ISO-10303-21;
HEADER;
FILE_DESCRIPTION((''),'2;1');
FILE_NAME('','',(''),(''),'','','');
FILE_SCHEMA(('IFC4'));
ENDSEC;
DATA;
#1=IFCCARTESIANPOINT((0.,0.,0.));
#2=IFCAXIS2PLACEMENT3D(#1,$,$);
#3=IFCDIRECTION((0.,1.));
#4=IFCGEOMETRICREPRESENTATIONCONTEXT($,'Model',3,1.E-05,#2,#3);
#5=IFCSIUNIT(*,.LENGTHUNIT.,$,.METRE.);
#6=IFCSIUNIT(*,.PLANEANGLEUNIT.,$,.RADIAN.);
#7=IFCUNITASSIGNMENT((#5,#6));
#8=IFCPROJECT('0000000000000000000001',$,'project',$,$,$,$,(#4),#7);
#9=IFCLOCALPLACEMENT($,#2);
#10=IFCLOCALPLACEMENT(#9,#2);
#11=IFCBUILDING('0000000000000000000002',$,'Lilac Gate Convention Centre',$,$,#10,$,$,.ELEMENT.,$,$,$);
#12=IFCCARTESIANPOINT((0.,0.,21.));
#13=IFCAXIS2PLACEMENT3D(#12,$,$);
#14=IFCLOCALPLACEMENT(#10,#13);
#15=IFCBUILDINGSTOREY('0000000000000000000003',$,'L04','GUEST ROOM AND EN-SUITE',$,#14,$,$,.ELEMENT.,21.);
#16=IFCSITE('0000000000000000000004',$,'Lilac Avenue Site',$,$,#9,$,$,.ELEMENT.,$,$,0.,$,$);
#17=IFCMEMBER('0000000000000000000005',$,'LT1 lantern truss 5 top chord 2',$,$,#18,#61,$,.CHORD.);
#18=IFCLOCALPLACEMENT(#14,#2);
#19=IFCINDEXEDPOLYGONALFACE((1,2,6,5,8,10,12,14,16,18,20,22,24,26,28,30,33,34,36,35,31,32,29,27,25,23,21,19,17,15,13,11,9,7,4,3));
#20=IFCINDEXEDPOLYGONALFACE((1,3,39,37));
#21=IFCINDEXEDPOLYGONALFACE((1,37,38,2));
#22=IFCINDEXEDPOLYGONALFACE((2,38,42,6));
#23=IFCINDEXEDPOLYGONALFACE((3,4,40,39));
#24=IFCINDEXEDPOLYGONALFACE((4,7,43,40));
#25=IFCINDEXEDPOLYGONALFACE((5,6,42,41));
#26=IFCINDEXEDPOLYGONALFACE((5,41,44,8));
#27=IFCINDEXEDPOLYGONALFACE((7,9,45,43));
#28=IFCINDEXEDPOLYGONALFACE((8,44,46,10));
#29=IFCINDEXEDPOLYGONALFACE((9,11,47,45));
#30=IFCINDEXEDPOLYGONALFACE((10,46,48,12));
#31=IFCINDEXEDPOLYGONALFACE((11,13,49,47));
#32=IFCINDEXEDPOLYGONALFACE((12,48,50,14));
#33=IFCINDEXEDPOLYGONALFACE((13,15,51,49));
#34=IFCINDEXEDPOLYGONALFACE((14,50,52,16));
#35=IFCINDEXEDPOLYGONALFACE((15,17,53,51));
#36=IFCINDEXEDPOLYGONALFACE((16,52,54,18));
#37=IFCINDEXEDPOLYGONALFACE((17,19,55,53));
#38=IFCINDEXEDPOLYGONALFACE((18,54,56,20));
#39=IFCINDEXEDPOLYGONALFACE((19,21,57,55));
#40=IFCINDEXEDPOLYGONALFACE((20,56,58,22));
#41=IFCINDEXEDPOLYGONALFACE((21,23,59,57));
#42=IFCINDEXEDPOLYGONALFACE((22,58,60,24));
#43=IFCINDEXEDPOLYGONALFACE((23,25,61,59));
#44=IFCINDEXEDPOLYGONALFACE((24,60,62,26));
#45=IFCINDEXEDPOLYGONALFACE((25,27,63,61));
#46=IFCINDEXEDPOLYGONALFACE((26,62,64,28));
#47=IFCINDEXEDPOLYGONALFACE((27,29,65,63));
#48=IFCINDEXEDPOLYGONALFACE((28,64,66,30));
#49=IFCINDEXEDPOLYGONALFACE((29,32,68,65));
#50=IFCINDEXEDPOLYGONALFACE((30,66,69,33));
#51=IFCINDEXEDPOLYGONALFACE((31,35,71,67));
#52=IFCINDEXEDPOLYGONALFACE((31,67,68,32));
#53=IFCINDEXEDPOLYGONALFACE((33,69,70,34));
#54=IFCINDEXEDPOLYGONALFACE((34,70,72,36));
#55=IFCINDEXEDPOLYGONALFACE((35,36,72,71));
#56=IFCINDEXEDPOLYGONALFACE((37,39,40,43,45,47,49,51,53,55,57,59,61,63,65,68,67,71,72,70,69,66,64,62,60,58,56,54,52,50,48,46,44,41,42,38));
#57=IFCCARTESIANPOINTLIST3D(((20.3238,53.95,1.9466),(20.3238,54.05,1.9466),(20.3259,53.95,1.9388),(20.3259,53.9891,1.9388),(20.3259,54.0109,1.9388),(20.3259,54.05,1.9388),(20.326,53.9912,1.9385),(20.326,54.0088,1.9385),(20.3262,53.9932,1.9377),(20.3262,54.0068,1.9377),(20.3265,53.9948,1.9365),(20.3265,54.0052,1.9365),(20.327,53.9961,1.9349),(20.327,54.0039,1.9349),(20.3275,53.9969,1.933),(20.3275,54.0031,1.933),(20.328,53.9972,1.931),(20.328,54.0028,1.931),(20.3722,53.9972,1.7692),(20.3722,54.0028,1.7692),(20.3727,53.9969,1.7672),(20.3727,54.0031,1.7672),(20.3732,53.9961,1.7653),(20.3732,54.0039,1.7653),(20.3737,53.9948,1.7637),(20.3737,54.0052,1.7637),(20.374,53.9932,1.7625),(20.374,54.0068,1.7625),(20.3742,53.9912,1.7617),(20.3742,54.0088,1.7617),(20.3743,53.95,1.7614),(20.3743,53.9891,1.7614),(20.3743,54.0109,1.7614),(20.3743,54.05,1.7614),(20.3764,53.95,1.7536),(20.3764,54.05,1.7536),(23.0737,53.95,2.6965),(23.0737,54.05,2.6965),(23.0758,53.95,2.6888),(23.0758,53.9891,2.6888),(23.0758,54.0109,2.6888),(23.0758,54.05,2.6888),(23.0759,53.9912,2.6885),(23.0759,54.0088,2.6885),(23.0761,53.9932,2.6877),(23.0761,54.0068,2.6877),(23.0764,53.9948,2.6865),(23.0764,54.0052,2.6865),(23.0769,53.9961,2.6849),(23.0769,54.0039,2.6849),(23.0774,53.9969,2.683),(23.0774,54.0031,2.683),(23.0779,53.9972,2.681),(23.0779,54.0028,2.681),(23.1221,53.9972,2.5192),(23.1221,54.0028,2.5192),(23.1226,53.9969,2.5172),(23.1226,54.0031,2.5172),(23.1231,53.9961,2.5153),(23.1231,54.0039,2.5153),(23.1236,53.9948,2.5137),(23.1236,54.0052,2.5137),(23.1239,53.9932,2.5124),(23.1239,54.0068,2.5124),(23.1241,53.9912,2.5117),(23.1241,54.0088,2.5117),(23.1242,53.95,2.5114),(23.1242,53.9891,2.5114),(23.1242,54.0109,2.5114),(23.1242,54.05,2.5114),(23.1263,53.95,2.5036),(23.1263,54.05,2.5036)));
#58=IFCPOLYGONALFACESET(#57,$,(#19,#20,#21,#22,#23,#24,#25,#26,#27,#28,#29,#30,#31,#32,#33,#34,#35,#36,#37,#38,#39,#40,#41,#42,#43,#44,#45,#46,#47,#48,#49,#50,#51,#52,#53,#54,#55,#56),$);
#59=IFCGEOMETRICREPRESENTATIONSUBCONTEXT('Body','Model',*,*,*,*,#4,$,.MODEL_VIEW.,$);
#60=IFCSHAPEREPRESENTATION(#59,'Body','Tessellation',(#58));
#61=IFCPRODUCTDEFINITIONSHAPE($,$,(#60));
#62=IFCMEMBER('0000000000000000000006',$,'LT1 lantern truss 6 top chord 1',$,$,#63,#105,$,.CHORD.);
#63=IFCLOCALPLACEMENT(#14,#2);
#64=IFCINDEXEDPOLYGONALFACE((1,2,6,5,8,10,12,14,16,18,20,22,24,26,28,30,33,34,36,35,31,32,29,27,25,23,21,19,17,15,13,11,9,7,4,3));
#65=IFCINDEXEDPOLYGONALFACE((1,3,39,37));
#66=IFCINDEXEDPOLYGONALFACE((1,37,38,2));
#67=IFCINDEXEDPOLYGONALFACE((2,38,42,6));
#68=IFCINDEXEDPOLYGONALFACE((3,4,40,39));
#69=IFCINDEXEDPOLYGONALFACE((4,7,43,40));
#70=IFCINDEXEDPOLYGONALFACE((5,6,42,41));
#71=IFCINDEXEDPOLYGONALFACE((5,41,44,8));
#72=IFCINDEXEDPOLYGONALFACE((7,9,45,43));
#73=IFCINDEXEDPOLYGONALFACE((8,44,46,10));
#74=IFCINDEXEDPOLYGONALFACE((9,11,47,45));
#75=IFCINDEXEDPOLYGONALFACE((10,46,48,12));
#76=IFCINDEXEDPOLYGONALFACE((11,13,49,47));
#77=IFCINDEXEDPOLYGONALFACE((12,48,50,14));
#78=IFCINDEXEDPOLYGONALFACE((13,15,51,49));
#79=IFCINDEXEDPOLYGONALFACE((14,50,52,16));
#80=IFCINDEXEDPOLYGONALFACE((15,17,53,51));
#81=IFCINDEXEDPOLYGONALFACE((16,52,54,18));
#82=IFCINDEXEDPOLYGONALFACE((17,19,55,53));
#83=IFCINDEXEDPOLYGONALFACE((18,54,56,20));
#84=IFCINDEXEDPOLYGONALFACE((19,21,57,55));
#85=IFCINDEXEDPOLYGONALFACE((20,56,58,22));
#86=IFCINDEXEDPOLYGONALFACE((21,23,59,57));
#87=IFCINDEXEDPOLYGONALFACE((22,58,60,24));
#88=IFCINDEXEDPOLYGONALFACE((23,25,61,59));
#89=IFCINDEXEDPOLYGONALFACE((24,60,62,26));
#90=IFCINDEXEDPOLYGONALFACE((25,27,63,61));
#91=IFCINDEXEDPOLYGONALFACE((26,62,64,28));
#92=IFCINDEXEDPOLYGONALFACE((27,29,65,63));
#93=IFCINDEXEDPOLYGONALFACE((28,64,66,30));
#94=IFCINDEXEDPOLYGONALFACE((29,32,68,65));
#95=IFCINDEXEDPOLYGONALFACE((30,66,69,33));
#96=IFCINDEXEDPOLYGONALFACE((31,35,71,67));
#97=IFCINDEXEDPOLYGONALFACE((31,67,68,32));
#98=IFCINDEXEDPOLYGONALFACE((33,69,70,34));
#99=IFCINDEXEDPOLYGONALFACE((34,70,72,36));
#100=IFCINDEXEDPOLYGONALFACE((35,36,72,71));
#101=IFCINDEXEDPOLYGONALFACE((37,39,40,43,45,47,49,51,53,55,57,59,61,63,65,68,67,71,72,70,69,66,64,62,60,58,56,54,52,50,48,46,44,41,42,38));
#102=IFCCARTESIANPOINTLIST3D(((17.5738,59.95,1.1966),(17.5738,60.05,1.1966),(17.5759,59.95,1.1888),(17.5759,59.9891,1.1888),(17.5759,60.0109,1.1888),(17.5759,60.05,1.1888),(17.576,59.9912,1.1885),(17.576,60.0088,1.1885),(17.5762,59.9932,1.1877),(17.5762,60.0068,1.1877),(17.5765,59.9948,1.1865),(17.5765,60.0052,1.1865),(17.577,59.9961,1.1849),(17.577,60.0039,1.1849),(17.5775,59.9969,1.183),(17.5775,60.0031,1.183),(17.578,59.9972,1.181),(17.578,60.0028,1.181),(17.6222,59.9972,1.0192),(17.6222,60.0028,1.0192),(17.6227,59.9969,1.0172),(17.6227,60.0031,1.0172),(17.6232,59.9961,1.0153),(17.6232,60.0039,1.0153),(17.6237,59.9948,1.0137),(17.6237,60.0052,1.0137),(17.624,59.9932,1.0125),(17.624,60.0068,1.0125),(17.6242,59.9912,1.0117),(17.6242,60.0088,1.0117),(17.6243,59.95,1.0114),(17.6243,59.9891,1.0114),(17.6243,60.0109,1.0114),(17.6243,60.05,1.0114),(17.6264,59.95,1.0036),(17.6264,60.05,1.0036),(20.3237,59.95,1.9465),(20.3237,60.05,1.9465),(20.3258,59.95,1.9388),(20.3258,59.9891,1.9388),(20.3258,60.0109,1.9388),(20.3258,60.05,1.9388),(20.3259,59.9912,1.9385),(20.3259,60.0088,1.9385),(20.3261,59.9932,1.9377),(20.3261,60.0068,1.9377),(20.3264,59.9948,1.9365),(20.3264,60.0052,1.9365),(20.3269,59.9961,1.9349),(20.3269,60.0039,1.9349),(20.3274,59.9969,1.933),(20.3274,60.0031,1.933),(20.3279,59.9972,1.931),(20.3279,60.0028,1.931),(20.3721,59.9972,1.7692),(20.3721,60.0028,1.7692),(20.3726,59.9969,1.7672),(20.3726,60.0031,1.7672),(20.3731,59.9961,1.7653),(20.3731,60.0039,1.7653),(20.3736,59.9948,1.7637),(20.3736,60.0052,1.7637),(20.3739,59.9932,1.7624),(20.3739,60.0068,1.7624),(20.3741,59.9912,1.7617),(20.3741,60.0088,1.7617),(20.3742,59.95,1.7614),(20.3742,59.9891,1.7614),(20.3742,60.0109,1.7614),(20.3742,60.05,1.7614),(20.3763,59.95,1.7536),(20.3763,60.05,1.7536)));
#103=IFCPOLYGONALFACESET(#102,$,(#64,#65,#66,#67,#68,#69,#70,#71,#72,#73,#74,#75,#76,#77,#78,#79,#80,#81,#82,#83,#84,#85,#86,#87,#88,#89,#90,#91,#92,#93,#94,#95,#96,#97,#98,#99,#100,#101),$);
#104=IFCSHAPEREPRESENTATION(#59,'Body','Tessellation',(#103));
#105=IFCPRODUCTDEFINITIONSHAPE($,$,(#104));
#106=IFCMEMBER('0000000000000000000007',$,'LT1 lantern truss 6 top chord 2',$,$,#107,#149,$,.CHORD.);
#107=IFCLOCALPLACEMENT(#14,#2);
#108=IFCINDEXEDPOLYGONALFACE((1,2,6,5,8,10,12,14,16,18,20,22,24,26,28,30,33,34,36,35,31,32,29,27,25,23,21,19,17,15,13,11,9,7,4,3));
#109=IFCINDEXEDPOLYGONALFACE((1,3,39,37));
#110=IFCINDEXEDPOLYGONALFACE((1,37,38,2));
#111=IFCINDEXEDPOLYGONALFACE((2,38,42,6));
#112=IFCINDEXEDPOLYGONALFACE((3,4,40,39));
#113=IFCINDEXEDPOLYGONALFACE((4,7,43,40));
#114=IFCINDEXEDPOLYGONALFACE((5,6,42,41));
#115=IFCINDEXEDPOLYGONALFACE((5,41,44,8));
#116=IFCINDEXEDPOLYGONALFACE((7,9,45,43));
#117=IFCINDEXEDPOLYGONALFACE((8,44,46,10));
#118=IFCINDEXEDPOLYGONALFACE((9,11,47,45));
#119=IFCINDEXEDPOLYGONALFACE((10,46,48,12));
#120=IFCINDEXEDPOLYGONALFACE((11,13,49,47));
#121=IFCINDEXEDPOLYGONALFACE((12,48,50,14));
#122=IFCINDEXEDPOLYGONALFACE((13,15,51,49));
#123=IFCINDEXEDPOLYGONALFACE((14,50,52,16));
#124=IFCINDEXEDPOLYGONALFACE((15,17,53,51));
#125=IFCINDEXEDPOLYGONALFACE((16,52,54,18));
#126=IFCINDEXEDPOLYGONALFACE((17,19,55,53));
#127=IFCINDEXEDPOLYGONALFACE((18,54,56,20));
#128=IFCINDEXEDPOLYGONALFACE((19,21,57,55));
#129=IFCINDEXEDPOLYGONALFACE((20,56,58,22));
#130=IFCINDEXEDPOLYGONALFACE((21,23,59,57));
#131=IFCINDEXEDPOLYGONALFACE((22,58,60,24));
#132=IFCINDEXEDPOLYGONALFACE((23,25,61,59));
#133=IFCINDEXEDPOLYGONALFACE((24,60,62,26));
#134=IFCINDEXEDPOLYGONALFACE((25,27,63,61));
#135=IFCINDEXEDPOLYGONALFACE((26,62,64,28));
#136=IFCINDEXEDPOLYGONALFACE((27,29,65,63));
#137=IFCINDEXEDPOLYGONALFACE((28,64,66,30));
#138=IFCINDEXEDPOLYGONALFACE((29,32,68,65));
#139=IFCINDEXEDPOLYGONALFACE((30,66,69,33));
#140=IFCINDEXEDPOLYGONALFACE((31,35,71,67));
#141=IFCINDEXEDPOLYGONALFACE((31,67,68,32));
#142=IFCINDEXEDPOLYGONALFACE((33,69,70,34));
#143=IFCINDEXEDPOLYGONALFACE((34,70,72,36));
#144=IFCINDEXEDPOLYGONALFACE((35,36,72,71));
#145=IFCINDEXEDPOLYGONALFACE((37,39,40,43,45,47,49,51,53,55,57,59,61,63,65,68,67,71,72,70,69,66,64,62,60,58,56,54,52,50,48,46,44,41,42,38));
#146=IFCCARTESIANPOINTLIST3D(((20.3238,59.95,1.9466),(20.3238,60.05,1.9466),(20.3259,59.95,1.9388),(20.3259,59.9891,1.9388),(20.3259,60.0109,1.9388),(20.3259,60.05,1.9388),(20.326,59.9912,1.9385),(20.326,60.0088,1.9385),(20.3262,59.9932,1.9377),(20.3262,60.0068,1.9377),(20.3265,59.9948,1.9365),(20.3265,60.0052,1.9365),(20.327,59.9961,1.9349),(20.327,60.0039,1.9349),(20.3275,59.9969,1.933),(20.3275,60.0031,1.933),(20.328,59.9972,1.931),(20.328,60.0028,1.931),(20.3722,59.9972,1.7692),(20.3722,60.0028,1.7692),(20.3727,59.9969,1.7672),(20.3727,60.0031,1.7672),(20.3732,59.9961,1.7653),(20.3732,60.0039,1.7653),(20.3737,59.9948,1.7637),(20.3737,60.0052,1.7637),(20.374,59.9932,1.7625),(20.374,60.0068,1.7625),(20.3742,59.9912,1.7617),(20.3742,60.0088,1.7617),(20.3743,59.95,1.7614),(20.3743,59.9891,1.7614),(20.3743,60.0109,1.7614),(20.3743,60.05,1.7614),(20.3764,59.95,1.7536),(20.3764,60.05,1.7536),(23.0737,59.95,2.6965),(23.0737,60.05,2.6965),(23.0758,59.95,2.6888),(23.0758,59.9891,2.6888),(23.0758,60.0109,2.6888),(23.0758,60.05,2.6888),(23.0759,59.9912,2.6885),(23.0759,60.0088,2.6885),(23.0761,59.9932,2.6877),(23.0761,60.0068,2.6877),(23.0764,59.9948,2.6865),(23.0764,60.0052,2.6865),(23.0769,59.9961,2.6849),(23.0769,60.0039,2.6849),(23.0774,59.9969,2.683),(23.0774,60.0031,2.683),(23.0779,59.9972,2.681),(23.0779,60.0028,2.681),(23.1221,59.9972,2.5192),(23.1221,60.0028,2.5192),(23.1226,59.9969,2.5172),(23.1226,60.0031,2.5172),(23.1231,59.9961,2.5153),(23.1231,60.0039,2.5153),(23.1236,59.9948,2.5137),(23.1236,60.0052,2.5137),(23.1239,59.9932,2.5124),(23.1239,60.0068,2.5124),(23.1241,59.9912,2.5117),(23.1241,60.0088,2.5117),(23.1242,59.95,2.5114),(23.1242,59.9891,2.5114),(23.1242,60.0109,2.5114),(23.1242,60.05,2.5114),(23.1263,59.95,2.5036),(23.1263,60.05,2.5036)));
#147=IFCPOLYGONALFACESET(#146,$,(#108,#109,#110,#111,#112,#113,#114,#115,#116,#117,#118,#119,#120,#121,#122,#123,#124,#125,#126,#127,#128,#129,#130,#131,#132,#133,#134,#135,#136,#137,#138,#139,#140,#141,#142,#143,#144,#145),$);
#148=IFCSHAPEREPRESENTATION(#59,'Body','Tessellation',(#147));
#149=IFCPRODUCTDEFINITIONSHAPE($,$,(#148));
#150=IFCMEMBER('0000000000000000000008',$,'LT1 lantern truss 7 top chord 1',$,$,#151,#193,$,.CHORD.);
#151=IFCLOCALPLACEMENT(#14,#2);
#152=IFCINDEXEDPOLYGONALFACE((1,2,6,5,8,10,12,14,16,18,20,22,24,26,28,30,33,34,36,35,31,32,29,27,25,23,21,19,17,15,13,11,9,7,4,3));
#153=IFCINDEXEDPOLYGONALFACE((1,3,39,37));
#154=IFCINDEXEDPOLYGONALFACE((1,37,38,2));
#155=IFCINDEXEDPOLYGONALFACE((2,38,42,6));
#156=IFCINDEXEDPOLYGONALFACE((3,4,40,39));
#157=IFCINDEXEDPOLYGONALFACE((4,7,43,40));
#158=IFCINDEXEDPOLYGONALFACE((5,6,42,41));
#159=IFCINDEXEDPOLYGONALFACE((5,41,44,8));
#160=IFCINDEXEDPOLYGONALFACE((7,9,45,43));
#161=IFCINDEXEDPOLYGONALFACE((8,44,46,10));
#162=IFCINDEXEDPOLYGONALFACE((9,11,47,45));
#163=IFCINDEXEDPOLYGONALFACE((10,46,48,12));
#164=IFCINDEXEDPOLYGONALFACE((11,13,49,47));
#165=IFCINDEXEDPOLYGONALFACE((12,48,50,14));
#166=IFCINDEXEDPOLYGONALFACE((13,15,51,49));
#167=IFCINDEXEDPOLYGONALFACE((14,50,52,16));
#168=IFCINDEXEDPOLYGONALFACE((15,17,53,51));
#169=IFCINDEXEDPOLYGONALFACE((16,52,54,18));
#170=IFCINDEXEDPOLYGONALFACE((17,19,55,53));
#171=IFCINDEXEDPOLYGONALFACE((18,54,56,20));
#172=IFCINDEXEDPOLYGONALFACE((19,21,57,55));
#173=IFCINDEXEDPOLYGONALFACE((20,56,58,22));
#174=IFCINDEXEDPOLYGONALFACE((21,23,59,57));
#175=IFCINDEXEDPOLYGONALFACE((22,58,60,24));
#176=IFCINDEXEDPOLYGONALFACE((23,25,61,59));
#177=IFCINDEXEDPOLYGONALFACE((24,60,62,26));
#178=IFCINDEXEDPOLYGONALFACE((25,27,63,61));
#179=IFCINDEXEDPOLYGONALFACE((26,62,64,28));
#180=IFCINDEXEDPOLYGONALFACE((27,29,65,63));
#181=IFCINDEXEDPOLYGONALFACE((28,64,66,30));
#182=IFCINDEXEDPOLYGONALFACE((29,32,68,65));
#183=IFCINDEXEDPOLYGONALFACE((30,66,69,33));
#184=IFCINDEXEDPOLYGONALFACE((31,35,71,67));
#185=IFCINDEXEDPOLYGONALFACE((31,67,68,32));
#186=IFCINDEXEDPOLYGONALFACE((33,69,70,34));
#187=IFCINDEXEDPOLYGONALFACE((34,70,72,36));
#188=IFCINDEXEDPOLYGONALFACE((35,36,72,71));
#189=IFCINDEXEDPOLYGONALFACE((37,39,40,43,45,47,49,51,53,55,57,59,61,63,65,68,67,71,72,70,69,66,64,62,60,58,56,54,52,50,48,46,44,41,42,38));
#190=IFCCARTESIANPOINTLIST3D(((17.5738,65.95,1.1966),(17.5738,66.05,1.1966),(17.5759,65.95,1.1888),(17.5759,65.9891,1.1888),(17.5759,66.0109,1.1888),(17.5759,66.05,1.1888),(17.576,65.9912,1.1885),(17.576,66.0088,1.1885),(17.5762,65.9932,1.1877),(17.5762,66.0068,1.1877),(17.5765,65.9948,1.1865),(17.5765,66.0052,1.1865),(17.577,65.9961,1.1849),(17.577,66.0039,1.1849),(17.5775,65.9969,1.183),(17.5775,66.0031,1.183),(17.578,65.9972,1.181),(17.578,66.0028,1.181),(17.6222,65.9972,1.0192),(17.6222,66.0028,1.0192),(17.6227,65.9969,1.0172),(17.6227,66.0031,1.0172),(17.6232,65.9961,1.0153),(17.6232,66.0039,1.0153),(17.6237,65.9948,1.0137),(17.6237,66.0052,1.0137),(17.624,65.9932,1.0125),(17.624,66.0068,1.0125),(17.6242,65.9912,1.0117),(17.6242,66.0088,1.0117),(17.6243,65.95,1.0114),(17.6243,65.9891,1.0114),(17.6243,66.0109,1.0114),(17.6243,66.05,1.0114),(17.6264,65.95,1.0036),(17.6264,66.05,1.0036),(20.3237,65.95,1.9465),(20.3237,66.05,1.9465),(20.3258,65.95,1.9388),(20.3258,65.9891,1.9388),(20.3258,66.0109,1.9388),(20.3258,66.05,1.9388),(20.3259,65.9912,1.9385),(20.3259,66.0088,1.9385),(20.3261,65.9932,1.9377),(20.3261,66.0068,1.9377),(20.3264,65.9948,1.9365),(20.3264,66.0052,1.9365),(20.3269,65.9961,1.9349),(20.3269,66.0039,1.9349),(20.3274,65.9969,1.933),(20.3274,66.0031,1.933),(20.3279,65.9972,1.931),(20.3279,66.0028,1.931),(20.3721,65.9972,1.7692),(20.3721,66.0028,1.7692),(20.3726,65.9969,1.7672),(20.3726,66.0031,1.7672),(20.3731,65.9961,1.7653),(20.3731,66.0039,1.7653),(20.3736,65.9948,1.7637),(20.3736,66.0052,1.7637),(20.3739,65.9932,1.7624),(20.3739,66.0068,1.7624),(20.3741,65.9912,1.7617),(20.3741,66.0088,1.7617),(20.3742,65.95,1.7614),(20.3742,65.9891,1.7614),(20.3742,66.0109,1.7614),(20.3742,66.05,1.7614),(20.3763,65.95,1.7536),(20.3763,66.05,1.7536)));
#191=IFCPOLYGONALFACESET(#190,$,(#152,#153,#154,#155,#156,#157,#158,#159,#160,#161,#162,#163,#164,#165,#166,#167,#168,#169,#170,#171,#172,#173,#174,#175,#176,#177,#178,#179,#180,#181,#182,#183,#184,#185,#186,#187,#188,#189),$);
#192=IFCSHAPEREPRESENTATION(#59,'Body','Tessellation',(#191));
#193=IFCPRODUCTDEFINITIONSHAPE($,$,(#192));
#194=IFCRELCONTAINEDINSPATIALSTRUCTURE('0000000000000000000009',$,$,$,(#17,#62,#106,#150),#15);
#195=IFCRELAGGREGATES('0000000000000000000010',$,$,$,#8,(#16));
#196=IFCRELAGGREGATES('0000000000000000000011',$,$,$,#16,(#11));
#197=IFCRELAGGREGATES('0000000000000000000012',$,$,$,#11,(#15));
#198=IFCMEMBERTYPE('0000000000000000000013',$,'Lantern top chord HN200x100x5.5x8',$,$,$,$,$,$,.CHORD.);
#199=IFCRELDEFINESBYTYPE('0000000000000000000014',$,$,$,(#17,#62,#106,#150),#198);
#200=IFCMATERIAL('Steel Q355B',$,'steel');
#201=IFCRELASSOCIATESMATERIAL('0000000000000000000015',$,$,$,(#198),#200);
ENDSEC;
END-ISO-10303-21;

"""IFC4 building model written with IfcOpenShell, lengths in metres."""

from ifc_helpers import new_model, si_unit, direction, frame, origin, origin_2d, place, context, subcontext, project, spatial, i_section, extrude, material, material_profile, profile_set, type_object, element, save


model = new_model("IFC4")

# Units and contexts
model_context = context("Model", 3, precision=1e-05, world=origin(), true_north=direction((0.0, 1.0)))
body_context = subcontext(model_context, "Body", "Model", "MODEL_VIEW")
ifc_project = project(units=[si_unit("LENGTHUNIT", "METRE"), si_unit("PLANEANGLEUNIT", "RADIAN")], contexts=[model_context])

# Site, building, storey
site_placement = place(None, origin())
site = spatial("IfcSite", under=ifc_project, at=site_placement, Name="Lilac Avenue Site", CompositionType="ELEMENT", RefElevation=0.0)
building_placement = place(site_placement, origin())
building = spatial("IfcBuilding", under=site, at=building_placement, Name="Lilac Gate Convention Centre", CompositionType="ELEMENT")
storey_placement = place(building_placement, frame((0.0, 0.0, 21.0)))
storey = spatial("IfcBuildingStorey", under=building, at=storey_placement, Name="L04", Description="GUEST ROOM AND EN-SUITE", CompositionType="ELEMENT", Elevation=21.0)

# Members
ifc_material_1 = material(Name="Steel Q355B", Category="steel")
ifc_material_profile_1 = material_profile(ifc_material_1, i_section(OverallWidth=0.1001, OverallDepth=0.2, WebThickness=0.0056, FlangeThickness=0.0081, FilletRadius=0.0081, at=origin_2d()), Name="HN200x100x5.5x8")
ifc_profile_set_1 = profile_set([ifc_material_profile_1], Name="Steel Q355B")
member_type_1 = type_object("IfcMemberType", Name="Lantern top chord HN200x100x5.5x8", PredefinedType="CHORD", material=ifc_profile_set_1)
for number, where, z_axis, x_axis, name in (
    (1, (20.3501, 54.0, 1.8501), (0.964764, 0.0, 0.263117), (0.0, 1.0, 0.0), "LT1 lantern truss 5 top chord 2"),
    (2, (17.6001, 60.0, 1.1001), (0.964764, 0.0, 0.263117), (0.0, 1.0, 0.0), "LT1 lantern truss 6 top chord 1"),
    (3, (20.3501, 60.0, 1.8501), (0.964764, 0.0, 0.263117), (0.0, 1.0, 0.0), "LT1 lantern truss 6 top chord 2"),
    (4, (17.6001, 66.0, 1.1001), (0.964764, 0.0, 0.263117), (0.0, 1.0, 0.0), "LT1 lantern truss 7 top chord 1"),
):
    element("IfcMember", number, at=place(storey_placement, frame(where, z_axis=z_axis, x_axis=x_axis)), inside=storey, type_object=member_type_1, Name=name, PredefinedType="CHORD", context=body_context, shape_type="SweptSolid", body=[
        extrude(i_section(OverallWidth=0.1001, OverallDepth=0.2, WebThickness=0.0056, FlangeThickness=0.0081, FilletRadius=0.0081, at=origin_2d()), origin(), (0.0, 0.0, 1.0), 2.8503),
    ])

save(model, "model.ifc")
